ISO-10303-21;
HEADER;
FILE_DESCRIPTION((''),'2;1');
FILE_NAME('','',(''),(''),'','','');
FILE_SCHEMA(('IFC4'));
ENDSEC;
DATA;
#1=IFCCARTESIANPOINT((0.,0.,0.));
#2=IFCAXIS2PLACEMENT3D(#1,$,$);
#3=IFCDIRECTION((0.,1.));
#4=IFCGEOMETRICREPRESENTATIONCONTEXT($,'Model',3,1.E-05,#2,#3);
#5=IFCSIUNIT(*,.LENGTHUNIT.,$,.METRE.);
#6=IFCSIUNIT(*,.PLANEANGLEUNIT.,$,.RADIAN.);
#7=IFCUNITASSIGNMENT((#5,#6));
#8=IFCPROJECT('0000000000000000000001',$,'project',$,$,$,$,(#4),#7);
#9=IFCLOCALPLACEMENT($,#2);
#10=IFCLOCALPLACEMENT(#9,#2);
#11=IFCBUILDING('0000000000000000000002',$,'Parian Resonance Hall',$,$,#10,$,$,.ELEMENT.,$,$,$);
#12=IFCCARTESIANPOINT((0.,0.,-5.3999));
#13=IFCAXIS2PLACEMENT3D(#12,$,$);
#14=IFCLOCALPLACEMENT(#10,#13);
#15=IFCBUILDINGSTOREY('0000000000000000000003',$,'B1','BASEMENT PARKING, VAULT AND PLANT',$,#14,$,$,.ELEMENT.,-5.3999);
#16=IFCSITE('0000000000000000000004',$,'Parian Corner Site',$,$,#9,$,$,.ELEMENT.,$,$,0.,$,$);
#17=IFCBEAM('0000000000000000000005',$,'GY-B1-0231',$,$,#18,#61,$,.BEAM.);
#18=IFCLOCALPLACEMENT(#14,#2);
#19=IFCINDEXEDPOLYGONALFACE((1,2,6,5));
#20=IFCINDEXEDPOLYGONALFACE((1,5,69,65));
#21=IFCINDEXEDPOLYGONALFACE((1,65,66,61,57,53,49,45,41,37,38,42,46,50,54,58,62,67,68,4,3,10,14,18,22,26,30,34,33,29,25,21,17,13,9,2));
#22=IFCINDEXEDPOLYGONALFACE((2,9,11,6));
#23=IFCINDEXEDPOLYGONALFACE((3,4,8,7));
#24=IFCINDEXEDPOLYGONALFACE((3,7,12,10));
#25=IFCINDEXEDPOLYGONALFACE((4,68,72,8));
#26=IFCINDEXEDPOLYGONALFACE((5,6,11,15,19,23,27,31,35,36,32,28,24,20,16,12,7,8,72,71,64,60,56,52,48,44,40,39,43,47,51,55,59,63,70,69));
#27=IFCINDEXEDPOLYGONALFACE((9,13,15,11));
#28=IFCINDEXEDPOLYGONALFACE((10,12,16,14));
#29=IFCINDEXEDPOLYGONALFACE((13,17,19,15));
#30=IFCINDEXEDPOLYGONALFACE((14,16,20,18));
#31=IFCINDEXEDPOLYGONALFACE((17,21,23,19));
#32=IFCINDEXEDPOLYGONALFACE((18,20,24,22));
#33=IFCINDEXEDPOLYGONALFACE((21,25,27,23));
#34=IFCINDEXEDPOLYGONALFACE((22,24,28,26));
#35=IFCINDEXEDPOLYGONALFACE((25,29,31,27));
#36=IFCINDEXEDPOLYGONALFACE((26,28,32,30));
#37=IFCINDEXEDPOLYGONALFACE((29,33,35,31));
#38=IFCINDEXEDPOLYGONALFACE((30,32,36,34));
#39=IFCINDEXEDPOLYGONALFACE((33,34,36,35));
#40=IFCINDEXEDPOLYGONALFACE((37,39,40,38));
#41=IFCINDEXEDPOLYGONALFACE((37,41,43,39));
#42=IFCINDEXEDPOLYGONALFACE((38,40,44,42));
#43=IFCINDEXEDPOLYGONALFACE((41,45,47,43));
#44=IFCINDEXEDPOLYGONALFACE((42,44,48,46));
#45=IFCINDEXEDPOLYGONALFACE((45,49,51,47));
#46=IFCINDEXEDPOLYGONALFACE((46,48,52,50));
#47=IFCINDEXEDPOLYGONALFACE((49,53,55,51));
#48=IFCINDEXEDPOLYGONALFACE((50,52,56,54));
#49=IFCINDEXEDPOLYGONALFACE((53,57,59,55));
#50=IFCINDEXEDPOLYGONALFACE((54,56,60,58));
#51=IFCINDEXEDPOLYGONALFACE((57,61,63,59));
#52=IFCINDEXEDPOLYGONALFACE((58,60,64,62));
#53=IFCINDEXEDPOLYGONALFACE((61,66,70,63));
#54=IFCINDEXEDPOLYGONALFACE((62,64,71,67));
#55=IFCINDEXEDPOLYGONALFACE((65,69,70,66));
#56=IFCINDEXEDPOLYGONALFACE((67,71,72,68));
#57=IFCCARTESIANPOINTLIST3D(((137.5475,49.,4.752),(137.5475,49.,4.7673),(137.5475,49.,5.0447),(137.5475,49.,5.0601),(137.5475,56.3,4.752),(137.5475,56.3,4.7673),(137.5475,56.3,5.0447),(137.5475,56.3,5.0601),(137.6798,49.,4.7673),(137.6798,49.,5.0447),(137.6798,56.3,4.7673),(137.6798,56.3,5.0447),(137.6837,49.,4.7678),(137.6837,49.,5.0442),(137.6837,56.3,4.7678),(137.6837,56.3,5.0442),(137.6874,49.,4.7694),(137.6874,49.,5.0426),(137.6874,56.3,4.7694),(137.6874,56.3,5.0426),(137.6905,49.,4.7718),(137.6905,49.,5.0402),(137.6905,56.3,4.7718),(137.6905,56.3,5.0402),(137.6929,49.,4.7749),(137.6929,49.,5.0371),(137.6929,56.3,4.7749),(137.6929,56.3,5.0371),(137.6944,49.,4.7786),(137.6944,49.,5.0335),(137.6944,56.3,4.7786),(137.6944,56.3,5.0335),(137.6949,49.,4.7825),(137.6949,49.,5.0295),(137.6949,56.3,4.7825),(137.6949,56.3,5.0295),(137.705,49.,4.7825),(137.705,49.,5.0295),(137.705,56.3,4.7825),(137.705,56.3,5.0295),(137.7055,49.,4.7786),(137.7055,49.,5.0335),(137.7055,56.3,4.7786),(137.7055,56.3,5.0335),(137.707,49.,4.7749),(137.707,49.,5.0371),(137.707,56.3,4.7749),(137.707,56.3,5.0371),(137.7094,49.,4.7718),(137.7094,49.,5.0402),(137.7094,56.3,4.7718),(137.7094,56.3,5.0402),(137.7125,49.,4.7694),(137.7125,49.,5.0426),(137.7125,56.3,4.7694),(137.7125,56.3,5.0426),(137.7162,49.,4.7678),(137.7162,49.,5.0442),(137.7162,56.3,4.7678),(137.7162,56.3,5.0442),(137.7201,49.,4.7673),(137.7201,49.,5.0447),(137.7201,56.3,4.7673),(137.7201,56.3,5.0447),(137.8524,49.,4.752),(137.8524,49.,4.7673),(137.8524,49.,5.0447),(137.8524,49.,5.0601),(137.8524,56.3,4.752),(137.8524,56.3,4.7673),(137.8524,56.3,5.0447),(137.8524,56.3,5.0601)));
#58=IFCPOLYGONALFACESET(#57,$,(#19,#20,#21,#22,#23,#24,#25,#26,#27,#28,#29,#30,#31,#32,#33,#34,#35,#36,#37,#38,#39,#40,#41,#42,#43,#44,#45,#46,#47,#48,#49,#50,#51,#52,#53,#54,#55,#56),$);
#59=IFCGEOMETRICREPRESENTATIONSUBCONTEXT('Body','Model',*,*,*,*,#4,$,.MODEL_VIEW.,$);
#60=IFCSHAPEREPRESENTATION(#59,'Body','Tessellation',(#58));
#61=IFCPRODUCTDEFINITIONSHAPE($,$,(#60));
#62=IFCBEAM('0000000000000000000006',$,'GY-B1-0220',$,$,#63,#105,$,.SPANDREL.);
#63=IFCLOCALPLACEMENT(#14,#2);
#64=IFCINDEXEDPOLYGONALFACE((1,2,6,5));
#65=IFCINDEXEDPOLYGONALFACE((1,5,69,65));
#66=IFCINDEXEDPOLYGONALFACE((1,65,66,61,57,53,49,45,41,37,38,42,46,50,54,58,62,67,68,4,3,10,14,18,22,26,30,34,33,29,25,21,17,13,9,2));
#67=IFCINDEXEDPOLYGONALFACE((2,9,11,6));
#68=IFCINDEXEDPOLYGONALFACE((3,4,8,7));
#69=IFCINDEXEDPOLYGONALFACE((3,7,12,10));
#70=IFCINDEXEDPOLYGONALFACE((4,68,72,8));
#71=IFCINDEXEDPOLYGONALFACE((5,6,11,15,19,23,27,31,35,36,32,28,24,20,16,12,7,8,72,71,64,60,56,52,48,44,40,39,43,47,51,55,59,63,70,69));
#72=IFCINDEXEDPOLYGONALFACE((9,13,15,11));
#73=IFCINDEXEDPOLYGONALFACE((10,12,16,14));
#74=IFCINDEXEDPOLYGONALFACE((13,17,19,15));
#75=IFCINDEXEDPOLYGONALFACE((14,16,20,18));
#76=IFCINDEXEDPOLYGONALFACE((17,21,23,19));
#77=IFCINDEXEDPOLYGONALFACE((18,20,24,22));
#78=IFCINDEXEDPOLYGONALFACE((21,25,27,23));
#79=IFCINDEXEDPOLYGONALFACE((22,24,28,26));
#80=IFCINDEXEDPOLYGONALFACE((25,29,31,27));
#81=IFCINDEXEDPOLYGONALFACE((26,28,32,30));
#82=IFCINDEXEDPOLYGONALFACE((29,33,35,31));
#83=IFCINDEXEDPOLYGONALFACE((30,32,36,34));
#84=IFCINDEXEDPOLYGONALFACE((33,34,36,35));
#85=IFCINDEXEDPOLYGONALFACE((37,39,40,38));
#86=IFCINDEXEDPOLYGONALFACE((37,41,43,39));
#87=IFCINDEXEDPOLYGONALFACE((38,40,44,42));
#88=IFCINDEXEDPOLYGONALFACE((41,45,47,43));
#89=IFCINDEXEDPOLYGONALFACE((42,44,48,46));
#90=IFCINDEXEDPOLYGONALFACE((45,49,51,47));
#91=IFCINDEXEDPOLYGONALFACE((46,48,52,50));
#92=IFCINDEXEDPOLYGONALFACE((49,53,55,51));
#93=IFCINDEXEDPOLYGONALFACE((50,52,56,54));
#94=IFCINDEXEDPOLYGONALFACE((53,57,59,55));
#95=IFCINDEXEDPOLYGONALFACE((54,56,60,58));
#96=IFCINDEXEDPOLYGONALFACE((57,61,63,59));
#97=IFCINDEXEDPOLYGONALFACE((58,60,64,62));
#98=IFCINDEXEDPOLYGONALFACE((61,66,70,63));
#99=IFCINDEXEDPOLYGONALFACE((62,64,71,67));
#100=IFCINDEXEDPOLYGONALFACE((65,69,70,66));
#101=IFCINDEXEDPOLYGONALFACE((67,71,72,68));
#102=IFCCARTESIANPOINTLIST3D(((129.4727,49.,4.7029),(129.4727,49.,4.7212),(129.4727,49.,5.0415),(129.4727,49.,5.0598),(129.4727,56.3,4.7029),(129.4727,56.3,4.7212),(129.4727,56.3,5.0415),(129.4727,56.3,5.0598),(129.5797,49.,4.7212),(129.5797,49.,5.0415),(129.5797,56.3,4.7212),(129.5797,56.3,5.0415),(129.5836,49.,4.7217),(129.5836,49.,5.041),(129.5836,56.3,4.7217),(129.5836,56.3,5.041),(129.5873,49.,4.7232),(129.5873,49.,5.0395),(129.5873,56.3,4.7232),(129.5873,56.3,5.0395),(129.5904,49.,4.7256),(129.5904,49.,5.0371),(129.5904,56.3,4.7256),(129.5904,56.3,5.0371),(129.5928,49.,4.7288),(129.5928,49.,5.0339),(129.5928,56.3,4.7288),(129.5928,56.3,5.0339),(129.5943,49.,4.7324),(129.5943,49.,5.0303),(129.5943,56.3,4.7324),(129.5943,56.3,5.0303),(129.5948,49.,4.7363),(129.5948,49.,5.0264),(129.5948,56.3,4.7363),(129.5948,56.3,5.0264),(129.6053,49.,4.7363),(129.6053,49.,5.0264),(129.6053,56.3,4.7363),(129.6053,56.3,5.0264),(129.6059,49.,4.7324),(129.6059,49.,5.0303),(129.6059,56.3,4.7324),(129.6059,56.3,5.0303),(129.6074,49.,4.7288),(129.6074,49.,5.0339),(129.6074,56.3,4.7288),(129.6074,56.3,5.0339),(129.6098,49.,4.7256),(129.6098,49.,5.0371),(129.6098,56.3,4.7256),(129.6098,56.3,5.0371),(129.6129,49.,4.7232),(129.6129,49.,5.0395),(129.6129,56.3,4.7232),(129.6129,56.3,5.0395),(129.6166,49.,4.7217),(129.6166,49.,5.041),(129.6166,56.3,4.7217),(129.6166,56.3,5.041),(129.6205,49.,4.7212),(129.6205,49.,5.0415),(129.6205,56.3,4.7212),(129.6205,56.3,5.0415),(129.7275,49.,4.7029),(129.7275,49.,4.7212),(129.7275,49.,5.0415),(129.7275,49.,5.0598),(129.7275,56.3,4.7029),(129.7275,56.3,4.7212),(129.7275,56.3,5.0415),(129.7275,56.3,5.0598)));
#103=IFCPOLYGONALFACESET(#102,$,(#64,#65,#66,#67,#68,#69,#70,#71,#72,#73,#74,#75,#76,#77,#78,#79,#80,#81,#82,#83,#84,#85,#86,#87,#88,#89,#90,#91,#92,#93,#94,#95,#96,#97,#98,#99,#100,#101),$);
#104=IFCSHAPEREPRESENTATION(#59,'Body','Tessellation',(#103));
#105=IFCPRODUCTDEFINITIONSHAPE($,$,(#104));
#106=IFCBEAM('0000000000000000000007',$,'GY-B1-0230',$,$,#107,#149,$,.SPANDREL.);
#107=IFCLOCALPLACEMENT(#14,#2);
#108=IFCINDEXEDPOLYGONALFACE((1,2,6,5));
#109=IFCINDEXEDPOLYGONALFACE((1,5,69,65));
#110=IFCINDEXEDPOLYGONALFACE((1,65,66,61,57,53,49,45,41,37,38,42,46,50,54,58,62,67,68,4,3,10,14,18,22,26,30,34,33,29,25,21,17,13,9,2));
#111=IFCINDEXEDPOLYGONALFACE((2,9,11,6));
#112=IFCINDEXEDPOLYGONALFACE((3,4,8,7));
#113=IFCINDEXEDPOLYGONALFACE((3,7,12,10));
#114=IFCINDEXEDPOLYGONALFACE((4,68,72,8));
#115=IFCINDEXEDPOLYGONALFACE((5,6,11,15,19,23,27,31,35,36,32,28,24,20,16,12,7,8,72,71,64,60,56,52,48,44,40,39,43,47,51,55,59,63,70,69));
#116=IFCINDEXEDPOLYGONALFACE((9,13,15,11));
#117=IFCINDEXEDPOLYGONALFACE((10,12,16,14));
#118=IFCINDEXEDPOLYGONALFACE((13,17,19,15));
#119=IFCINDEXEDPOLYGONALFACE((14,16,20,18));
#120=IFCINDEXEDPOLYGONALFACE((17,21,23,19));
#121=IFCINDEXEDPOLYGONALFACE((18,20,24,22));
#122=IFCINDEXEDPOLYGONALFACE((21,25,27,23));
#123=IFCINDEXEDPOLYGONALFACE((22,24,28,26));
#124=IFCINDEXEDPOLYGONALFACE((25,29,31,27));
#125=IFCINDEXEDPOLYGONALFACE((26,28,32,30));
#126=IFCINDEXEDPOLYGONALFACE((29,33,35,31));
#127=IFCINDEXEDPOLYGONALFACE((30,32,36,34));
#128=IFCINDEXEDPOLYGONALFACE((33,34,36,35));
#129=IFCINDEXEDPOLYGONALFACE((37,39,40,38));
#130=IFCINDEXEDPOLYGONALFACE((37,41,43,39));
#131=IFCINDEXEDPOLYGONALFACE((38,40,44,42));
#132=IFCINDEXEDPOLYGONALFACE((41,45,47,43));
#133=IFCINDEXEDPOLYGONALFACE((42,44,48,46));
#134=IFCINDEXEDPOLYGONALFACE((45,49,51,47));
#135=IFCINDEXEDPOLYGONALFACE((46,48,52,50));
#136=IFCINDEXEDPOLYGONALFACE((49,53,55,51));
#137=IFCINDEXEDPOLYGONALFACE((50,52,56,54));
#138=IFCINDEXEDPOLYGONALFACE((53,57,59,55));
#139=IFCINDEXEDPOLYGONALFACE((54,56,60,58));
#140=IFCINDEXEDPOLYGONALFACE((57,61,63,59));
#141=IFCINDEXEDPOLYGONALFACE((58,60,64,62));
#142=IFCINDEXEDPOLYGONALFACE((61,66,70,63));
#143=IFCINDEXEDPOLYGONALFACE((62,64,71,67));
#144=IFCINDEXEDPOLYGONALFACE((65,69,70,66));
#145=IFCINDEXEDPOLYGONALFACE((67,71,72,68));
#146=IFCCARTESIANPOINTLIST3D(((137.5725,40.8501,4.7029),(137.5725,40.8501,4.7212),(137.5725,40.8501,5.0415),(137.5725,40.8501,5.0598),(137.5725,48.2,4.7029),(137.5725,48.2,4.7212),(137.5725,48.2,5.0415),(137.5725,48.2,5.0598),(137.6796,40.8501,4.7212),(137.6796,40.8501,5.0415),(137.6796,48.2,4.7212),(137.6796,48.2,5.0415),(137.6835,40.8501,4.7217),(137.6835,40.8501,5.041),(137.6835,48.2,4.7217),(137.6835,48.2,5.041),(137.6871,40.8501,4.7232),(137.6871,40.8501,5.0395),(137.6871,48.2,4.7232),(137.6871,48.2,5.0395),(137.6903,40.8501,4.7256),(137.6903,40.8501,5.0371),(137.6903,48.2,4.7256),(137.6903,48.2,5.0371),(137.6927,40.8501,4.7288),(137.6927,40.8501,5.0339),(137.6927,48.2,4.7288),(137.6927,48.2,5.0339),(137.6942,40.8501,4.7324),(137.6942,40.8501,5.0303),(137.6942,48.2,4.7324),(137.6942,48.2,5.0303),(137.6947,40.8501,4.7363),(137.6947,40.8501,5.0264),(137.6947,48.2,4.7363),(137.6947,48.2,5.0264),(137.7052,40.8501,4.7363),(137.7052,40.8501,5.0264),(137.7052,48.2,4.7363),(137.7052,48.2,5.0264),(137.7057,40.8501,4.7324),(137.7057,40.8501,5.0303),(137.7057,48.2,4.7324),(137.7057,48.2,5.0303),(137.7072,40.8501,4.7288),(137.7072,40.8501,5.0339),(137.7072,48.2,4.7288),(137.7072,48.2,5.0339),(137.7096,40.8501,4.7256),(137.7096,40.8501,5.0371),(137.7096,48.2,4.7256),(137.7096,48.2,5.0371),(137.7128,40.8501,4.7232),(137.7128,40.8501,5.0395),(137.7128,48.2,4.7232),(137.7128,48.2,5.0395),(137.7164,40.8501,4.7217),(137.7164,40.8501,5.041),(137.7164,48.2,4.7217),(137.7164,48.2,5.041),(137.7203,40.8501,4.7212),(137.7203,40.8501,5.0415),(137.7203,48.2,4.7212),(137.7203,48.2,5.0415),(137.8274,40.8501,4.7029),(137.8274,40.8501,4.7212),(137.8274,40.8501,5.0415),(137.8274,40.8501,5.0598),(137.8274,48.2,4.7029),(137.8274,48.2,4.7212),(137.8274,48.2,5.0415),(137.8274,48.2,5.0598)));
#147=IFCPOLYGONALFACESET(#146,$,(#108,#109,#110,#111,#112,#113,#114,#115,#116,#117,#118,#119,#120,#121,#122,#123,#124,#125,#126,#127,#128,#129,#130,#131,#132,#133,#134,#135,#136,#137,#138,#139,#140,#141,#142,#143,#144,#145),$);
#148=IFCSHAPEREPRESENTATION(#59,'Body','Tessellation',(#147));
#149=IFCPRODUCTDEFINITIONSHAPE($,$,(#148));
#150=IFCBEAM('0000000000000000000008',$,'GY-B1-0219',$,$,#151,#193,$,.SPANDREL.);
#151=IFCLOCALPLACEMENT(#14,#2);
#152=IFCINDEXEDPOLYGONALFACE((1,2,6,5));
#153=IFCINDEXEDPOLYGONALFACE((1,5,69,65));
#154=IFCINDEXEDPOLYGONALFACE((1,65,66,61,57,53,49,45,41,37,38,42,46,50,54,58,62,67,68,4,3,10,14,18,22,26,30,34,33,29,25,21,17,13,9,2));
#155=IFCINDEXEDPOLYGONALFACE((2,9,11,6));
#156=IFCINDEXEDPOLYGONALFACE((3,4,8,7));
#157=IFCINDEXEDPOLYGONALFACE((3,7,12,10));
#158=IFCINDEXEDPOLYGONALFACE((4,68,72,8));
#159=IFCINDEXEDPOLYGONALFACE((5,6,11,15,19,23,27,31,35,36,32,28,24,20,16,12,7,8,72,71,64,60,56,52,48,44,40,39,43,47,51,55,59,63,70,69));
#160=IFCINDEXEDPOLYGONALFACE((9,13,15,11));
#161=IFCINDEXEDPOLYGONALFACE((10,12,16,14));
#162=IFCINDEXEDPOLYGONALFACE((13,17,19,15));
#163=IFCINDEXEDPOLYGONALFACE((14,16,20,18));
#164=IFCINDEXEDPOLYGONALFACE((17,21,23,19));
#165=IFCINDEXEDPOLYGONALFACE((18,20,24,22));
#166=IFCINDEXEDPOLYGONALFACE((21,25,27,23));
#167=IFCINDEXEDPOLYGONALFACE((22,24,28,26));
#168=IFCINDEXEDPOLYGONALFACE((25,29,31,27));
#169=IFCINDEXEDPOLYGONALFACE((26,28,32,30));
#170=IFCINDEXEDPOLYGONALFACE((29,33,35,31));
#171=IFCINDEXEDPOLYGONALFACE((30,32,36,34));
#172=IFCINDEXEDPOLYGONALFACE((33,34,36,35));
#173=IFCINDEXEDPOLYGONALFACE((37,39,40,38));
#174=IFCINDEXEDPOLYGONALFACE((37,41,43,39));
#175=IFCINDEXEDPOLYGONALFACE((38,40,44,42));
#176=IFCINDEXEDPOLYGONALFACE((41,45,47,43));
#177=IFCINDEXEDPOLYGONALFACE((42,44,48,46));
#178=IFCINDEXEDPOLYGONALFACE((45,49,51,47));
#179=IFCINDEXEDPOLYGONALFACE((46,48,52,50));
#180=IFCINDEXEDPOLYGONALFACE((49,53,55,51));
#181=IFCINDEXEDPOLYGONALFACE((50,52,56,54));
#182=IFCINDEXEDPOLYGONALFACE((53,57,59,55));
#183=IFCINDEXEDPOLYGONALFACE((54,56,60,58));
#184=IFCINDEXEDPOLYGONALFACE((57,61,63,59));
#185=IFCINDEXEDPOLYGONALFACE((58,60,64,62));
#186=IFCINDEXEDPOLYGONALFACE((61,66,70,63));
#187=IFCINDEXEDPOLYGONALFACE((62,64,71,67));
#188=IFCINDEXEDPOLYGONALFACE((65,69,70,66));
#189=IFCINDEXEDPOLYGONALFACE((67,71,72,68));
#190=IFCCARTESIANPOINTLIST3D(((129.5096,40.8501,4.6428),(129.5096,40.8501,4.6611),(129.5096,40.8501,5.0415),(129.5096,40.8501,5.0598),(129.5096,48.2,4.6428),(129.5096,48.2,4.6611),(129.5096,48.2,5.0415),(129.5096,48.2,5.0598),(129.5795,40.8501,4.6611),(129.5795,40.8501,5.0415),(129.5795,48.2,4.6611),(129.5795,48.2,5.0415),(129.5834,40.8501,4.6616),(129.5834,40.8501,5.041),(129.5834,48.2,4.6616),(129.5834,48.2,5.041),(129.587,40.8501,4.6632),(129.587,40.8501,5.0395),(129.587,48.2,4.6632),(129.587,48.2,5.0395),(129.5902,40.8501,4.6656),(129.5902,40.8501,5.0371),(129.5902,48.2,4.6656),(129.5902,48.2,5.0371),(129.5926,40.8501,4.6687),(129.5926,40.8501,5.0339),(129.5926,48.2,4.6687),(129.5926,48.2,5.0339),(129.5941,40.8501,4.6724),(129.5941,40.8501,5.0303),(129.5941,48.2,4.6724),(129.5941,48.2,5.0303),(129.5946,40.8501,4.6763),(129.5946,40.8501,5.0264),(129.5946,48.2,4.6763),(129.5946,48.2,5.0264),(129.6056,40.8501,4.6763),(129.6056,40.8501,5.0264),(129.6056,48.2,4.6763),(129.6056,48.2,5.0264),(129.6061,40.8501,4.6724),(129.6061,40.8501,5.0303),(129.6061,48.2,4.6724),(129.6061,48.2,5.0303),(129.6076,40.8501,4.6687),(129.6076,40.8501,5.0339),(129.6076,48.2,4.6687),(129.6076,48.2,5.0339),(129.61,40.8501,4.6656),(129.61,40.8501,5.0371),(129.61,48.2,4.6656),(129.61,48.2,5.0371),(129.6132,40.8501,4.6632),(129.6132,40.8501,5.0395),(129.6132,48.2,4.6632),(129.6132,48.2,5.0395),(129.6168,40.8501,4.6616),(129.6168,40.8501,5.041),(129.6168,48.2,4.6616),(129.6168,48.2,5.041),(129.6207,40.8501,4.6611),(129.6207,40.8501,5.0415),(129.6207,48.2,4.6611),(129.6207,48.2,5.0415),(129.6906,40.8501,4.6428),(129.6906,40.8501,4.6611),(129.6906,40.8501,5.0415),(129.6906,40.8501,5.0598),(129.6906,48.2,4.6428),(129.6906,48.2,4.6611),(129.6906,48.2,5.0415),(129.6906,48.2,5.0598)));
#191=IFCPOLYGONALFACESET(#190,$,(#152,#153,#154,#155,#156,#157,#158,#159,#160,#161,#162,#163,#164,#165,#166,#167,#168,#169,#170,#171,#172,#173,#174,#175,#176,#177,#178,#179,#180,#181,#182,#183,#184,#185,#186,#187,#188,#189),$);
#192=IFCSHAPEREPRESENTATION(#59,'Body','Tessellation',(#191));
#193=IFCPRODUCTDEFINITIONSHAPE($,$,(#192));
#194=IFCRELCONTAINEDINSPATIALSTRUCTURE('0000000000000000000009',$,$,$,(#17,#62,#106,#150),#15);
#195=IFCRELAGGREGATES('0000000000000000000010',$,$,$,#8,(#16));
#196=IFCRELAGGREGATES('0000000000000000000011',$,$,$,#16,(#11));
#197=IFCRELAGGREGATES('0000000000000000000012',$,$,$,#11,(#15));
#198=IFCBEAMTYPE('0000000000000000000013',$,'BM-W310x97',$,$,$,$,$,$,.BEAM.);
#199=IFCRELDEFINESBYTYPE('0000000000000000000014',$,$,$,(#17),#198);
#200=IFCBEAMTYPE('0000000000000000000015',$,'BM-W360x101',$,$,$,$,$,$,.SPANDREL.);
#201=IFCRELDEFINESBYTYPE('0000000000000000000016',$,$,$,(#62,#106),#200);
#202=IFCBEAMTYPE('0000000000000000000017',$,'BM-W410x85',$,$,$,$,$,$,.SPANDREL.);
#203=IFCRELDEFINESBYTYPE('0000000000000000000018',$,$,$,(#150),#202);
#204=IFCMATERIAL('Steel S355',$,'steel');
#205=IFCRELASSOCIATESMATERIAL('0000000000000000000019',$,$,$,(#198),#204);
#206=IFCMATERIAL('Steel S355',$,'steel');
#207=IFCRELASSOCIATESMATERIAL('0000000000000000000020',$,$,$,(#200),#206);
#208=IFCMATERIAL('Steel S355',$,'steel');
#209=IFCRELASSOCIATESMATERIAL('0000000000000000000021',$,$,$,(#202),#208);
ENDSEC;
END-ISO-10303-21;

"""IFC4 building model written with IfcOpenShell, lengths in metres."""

from ifc_helpers import new_model, si_unit, direction, frame, origin, origin_2d, place, context, subcontext, project, spatial, i_section, extrude, material, material_profile, profile_set, type_object, element, save


model = new_model("IFC4")

# Units and contexts
model_context = context("Model", 3, precision=1e-05, world=origin(), true_north=direction((0.0, 1.0)))
body_context = subcontext(model_context, "Body", "Model", "MODEL_VIEW")
ifc_project = project(units=[si_unit("LENGTHUNIT", "METRE"), si_unit("PLANEANGLEUNIT", "RADIAN")], contexts=[model_context])

# Site, building, storey
site_placement = place(None, origin())
site = spatial("IfcSite", under=ifc_project, at=site_placement, Name="Parian Corner Site", CompositionType="ELEMENT", RefElevation=0.0)
building_placement = place(site_placement, origin())
building = spatial("IfcBuilding", under=site, at=building_placement, Name="Parian Resonance Hall", CompositionType="ELEMENT")
storey_placement = place(building_placement, frame((0.0, 0.0, -5.3999)))
storey = spatial("IfcBuildingStorey", under=building, at=storey_placement, Name="B1", Description="BASEMENT PARKING, VAULT AND PLANT", CompositionType="ELEMENT", Elevation=-5.3999)

# Beams
ifc_material_1 = material(Name="Steel S355", Category="steel")
ifc_material_profile_1 = material_profile(ifc_material_1, i_section(OverallWidth=0.3049, OverallDepth=0.3081, WebThickness=0.01, FlangeThickness=0.0154, FilletRadius=0.0151, at=origin_2d()), Name="W310x97")
ifc_profile_set_1 = profile_set([ifc_material_profile_1], Name="Steel S355")
beam_type_1 = type_object("IfcBeamType", Name="BM-W310x97", PredefinedType="BEAM", material=ifc_profile_set_1)
beam_1_placement = place(storey_placement, frame((137.7, 49.0, 4.906), z_axis=(0.0, 1.0, 0.0), x_axis=(-1.0, 0.0, 0.0)))
element("IfcBeam", 1, at=beam_1_placement, inside=storey, type_object=beam_type_1, Name="GY-B1-0231", PredefinedType="BEAM", context=body_context, shape_type="SweptSolid", body=[
    extrude(i_section(OverallWidth=0.3049, OverallDepth=0.3081, WebThickness=0.01, FlangeThickness=0.0154, FilletRadius=0.0151, at=origin_2d()), origin(), (0.0, 0.0, 1.0), 7.3),
])
ifc_material_2 = material(Name="Steel S355", Category="steel")
ifc_material_profile_2 = material_profile(ifc_material_2, i_section(OverallWidth=0.2549, OverallDepth=0.3569, WebThickness=0.0105, FlangeThickness=0.0183, FilletRadius=0.0151, at=origin_2d()), Name="W360x101")
ifc_profile_set_2 = profile_set([ifc_material_profile_2], Name="Steel S355")
beam_type_2 = type_object("IfcBeamType", Name="BM-W360x101", PredefinedType="SPANDREL", material=ifc_profile_set_2)
beam_2_placement = place(storey_placement, frame((129.6001, 49.0, 4.8813), z_axis=(0.0, 1.0, 0.0), x_axis=(-1.0, 0.0, 0.0)))
element("IfcBeam", 2, at=beam_2_placement, inside=storey, type_object=beam_type_2, Name="GY-B1-0220", PredefinedType="SPANDREL", context=body_context, shape_type="SweptSolid", body=[
    extrude(i_section(OverallWidth=0.2549, OverallDepth=0.3569, WebThickness=0.0105, FlangeThickness=0.0183, FilletRadius=0.0151, at=origin_2d()), origin(), (0.0, 0.0, 1.0), 7.3),
])
beam_3_placement = place(storey_placement, frame((137.7, 40.8501, 4.8813), z_axis=(0.0, 1.0, 0.0), x_axis=(-1.0, 0.0, 0.0)))
element("IfcBeam", 3, at=beam_3_placement, inside=storey, type_object=beam_type_2, Name="GY-B1-0230", PredefinedType="SPANDREL", context=body_context, shape_type="SweptSolid", body=[
    extrude(i_section(OverallWidth=0.2549, OverallDepth=0.3569, WebThickness=0.0105, FlangeThickness=0.0183, FilletRadius=0.0151, at=origin_2d()), origin(), (0.0, 0.0, 1.0), 7.3499),
])
ifc_material_3 = material(Name="Steel S355", Category="steel")
ifc_material_profile_3 = material_profile(ifc_material_3, i_section(OverallWidth=0.1809, OverallDepth=0.417, WebThickness=0.011, FlangeThickness=0.0183, FilletRadius=0.0151, at=origin_2d()), Name="W410x85")
ifc_profile_set_3 = profile_set([ifc_material_profile_3], Name="Steel S355")
beam_type_3 = type_object("IfcBeamType", Name="BM-W410x85", PredefinedType="SPANDREL", material=ifc_profile_set_3)
beam_4_placement = place(storey_placement, frame((129.6001, 40.8501, 4.8513), z_axis=(0.0, 1.0, 0.0), x_axis=(-1.0, 0.0, 0.0)))
element("IfcBeam", 4, at=beam_4_placement, inside=storey, type_object=beam_type_3, Name="GY-B1-0219", PredefinedType="SPANDREL", context=body_context, shape_type="SweptSolid", body=[
    extrude(i_section(OverallWidth=0.1809, OverallDepth=0.417, WebThickness=0.011, FlangeThickness=0.0183, FilletRadius=0.0151, at=origin_2d()), origin(), (0.0, 0.0, 1.0), 7.3499),
])

save(model, "model.ifc")
